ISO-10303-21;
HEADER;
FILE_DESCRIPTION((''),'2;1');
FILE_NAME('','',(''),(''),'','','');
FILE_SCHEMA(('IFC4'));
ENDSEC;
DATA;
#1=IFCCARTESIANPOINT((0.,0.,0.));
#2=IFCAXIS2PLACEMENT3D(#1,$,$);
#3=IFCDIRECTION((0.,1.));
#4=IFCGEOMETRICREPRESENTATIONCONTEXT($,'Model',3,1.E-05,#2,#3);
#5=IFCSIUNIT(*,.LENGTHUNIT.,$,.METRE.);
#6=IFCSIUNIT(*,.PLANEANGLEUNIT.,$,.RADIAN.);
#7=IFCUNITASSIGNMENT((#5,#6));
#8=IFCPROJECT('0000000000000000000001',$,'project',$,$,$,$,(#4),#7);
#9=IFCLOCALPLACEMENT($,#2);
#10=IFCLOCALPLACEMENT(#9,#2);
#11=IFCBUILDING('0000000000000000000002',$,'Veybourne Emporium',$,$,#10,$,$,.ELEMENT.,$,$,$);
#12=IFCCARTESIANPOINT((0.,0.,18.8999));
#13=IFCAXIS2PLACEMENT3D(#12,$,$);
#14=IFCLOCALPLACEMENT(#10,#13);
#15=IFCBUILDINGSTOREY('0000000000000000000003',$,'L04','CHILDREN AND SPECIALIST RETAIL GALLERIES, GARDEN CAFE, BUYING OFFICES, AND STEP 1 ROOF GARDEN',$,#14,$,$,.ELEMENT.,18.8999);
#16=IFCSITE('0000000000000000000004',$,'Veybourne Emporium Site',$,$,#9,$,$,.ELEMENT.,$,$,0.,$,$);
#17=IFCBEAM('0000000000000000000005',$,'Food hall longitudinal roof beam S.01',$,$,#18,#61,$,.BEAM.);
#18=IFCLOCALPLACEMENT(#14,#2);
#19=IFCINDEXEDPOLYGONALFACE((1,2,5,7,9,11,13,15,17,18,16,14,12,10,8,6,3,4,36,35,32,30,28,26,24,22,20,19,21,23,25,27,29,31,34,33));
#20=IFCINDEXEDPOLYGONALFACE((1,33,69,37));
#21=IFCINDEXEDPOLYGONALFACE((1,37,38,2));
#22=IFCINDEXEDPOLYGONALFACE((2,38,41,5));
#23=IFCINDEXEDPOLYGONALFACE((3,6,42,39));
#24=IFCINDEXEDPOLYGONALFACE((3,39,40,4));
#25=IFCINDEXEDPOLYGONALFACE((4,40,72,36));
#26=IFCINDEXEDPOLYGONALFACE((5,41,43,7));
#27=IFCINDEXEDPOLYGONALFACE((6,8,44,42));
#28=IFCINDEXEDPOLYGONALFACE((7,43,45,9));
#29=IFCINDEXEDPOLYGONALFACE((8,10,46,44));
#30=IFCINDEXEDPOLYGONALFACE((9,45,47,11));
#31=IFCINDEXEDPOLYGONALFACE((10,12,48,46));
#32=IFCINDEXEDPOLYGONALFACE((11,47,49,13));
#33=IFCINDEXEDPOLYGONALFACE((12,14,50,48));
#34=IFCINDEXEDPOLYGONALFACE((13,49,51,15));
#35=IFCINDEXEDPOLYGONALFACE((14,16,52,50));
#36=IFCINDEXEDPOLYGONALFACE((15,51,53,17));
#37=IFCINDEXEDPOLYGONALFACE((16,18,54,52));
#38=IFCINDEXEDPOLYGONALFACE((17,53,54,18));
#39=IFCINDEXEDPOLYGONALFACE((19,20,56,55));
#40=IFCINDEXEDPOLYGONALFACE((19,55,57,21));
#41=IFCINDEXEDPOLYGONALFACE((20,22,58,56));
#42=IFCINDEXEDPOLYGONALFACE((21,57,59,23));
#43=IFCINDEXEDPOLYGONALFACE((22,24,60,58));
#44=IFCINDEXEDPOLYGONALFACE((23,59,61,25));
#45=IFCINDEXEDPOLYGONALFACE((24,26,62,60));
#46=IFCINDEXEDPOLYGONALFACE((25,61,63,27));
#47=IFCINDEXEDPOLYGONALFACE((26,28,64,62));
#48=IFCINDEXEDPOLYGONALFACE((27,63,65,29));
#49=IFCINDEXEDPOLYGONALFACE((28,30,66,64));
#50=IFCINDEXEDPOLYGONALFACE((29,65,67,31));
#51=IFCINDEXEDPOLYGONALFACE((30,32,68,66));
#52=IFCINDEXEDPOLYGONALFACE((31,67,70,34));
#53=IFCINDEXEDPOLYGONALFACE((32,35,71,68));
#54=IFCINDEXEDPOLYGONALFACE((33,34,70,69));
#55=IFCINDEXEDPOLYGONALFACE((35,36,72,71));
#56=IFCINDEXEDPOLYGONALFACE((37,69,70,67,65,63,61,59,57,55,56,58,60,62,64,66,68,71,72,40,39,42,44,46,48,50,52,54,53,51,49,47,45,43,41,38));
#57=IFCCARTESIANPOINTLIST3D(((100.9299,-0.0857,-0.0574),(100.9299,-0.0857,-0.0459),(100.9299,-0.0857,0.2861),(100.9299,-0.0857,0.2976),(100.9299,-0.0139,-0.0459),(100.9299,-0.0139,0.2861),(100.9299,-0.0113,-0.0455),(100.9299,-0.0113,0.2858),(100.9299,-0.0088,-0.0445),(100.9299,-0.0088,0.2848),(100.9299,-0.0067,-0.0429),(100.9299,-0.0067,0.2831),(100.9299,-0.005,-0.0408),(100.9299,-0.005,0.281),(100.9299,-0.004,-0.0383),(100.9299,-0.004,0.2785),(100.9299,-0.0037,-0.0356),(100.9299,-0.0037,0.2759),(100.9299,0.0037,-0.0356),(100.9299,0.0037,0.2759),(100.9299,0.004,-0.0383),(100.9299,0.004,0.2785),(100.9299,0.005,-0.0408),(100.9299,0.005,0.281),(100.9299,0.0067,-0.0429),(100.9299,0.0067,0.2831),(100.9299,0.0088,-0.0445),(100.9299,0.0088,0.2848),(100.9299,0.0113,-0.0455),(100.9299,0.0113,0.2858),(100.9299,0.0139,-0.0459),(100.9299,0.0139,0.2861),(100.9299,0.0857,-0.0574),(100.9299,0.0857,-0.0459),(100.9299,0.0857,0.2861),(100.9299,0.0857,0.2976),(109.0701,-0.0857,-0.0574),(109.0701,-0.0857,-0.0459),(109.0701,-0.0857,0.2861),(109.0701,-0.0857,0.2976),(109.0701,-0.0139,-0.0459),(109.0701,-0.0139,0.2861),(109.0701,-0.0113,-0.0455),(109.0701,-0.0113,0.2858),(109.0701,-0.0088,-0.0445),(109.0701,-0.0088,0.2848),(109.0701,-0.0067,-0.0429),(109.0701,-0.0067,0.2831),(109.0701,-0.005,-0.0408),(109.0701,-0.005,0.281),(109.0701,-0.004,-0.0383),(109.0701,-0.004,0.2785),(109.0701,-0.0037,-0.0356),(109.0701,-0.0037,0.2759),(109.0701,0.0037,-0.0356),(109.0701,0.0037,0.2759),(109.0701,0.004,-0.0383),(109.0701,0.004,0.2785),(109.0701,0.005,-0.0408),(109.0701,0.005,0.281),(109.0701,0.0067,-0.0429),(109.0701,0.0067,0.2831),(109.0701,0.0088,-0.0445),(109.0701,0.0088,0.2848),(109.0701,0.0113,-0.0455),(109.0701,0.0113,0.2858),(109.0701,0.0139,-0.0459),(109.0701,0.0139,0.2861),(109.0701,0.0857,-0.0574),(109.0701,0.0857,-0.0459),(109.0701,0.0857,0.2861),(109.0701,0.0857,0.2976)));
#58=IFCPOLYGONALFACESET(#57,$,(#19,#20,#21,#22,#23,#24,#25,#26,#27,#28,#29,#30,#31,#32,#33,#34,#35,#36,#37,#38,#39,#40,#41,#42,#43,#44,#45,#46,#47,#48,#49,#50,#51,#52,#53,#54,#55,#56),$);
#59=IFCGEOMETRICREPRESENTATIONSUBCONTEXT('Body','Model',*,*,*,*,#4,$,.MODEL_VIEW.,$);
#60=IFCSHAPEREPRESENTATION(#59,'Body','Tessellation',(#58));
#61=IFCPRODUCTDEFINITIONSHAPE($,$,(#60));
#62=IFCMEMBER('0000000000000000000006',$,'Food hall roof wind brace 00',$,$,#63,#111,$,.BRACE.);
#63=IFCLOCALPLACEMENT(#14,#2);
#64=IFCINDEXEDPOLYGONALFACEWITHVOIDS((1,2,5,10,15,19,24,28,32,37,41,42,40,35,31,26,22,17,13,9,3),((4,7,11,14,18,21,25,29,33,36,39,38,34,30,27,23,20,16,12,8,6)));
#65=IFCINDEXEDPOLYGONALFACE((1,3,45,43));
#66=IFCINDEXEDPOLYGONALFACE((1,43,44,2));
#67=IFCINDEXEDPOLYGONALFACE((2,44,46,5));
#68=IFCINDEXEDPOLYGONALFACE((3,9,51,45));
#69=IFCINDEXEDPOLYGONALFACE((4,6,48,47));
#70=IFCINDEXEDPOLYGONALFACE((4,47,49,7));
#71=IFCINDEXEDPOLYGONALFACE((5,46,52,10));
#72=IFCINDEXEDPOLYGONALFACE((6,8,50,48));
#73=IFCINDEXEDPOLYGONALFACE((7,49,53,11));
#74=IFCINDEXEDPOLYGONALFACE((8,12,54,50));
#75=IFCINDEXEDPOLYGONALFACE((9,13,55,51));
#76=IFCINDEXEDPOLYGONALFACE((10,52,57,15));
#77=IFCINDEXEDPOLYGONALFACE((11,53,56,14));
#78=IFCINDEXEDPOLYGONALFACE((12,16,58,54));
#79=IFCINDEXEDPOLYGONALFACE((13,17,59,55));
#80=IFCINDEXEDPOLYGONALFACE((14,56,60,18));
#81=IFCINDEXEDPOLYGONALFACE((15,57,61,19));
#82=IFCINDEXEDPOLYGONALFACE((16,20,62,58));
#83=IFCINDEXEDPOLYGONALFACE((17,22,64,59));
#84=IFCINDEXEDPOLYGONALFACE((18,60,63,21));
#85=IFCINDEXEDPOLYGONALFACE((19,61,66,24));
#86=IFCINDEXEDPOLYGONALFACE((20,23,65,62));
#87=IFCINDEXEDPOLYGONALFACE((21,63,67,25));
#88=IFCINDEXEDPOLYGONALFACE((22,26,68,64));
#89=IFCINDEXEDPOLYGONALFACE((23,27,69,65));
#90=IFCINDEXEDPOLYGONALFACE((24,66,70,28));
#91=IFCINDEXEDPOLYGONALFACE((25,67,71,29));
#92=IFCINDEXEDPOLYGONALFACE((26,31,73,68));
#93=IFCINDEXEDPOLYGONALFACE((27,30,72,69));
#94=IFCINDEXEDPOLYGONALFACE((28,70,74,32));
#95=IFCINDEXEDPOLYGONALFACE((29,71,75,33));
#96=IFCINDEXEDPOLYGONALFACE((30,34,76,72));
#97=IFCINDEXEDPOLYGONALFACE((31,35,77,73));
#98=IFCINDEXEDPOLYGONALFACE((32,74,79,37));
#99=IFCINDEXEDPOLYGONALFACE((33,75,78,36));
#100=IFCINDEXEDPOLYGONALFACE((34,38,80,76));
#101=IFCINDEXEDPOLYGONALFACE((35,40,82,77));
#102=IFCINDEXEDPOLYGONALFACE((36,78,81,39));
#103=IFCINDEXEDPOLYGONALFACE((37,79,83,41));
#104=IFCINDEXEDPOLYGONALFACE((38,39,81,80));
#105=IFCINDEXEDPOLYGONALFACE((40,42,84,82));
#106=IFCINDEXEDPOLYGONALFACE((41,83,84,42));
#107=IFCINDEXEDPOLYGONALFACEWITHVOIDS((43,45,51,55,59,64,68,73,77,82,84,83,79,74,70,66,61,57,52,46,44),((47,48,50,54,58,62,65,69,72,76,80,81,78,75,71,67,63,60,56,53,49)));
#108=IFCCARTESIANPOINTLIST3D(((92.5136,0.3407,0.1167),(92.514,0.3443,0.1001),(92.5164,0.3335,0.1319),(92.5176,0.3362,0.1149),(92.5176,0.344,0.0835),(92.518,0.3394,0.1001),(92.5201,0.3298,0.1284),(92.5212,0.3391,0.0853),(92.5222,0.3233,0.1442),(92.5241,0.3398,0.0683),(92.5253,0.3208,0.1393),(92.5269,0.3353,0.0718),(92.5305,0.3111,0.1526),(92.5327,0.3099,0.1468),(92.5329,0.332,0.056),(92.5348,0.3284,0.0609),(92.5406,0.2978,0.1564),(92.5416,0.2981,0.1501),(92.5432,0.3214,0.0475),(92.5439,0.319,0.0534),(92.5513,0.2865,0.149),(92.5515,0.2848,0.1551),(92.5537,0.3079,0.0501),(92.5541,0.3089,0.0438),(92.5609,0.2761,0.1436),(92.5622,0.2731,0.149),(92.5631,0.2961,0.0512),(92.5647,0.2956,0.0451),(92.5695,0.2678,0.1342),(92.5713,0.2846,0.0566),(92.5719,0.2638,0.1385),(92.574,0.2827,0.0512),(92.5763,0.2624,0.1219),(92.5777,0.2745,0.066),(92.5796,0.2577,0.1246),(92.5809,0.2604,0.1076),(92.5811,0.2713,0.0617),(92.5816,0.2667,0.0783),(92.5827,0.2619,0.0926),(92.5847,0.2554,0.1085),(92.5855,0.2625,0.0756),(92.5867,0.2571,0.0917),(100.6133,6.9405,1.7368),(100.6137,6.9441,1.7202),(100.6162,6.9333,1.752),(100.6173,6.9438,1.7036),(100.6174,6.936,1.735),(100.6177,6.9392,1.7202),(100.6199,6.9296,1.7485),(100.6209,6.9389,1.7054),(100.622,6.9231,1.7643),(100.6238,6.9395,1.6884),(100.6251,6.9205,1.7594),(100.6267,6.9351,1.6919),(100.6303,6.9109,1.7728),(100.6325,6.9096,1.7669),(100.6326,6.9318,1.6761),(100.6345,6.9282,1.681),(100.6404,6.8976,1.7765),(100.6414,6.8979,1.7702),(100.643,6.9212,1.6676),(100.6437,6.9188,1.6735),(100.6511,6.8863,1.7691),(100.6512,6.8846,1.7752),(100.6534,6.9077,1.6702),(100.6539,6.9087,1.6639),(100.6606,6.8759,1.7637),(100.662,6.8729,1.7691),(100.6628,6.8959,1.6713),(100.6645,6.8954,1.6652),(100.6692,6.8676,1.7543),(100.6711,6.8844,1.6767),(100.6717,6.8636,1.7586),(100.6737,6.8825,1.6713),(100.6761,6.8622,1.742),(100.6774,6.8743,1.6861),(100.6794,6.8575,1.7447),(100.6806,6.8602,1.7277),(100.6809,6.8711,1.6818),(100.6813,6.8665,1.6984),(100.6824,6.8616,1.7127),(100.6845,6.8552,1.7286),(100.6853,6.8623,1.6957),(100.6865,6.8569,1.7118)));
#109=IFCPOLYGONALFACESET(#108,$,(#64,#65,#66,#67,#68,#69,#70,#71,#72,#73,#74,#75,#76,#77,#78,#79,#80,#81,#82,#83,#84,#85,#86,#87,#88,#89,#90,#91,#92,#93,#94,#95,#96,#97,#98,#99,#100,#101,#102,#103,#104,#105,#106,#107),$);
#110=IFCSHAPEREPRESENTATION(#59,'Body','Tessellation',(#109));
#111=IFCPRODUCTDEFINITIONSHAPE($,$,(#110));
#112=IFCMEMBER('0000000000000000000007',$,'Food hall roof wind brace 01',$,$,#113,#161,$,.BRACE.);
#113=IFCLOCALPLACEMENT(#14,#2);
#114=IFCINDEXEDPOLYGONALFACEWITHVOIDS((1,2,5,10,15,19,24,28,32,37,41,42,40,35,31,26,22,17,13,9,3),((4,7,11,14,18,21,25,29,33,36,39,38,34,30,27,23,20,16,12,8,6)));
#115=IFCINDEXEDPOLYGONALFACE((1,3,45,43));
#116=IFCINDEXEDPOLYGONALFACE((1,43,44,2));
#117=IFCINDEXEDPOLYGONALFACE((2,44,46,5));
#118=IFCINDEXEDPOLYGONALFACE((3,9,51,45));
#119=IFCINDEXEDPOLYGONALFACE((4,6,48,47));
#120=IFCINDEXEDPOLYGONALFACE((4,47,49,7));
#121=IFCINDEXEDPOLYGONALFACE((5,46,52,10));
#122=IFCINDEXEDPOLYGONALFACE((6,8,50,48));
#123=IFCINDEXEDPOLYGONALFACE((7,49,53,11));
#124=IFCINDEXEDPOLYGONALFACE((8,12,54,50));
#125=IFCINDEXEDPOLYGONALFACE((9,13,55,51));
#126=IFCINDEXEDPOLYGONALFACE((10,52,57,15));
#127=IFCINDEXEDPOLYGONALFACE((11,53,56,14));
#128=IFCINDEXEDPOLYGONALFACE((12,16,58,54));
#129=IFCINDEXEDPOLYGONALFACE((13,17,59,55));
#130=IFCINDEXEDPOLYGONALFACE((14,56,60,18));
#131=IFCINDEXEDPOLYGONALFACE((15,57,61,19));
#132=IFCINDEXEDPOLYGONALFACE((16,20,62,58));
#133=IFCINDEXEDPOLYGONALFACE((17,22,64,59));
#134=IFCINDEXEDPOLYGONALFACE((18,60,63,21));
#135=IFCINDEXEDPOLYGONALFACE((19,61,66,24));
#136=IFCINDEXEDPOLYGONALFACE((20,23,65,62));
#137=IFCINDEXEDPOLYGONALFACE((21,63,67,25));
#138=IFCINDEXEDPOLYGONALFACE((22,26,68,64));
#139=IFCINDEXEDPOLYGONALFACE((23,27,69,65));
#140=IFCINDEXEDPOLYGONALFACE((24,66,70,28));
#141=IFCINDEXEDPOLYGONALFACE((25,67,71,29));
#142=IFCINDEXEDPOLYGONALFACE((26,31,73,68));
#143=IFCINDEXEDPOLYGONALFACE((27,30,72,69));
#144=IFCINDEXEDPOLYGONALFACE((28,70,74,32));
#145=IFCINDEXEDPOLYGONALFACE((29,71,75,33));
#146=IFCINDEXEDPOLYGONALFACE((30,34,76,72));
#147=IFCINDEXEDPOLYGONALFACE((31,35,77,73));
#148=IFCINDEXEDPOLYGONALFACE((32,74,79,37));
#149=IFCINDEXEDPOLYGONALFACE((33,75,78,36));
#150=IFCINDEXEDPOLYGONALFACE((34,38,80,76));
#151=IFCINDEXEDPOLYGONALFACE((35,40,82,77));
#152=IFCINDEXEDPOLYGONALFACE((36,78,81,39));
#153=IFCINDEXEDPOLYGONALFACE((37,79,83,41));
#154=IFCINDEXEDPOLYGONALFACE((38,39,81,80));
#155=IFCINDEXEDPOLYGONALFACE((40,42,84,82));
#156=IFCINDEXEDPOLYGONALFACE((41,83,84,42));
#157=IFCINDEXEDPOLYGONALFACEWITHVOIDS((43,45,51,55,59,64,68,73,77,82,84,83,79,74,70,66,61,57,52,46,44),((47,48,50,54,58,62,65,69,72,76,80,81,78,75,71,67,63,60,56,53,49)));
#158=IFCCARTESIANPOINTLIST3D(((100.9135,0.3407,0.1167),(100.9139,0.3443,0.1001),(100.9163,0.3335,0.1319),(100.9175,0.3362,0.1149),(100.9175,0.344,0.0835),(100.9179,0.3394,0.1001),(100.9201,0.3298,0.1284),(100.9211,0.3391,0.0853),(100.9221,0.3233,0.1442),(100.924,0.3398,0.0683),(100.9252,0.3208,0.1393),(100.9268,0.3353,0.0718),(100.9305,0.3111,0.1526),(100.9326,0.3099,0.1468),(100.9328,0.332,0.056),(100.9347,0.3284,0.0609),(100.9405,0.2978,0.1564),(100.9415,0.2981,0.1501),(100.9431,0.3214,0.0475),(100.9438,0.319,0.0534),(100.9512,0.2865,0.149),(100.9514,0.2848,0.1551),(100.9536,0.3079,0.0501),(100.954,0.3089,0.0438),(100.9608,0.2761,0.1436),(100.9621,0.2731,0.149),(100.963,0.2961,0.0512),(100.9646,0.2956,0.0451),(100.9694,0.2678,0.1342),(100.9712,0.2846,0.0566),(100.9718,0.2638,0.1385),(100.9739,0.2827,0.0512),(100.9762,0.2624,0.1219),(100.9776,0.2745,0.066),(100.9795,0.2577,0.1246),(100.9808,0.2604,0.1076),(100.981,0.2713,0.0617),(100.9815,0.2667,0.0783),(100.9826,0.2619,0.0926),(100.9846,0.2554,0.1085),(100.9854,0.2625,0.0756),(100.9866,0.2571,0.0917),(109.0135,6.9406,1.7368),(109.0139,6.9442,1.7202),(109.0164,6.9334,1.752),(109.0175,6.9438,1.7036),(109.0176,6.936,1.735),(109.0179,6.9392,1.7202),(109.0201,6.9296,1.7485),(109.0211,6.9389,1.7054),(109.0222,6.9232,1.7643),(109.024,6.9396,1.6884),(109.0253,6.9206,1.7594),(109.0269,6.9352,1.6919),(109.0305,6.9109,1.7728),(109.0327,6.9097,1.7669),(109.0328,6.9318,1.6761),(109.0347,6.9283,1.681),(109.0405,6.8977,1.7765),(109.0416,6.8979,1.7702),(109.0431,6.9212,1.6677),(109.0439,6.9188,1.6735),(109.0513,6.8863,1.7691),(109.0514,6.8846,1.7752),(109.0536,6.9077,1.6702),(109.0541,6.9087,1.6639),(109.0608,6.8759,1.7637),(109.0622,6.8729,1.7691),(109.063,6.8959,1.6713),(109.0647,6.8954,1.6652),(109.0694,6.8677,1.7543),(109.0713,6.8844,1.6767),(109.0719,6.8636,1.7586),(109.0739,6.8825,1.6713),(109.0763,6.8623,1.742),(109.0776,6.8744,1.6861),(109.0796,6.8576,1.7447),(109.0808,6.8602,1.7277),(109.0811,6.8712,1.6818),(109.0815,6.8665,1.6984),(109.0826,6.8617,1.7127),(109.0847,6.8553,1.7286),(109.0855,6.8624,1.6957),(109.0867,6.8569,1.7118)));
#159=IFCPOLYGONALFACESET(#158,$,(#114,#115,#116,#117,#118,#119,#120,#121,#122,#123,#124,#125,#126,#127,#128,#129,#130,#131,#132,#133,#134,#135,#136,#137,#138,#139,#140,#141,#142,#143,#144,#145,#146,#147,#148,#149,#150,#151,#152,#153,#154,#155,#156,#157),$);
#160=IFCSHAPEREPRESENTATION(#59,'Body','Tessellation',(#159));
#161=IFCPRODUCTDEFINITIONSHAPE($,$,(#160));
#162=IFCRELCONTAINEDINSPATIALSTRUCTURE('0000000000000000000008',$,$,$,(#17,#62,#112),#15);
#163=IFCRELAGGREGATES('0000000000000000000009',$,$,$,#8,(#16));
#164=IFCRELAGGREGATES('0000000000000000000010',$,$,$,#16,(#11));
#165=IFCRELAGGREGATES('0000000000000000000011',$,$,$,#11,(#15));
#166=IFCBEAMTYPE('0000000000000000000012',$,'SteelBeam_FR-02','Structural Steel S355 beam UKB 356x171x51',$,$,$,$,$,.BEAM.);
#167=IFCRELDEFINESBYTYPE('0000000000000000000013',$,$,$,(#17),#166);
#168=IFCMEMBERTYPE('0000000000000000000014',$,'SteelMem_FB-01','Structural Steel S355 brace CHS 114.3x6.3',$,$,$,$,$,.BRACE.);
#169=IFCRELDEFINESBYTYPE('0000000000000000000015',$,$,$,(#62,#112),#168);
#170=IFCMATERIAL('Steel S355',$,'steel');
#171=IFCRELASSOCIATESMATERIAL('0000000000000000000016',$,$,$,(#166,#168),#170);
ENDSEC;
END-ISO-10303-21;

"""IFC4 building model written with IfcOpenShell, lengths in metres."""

from ifc_helpers import new_model, si_unit, direction, frame, origin, origin_2d, place, context, subcontext, project, spatial, hollow_circle, i_section, extrude, material, material_profile, profile_set, type_object, element, save


model = new_model("IFC4")

# Units and contexts
model_context = context("Model", 3, precision=1e-05, world=origin(), true_north=direction((0.0, 1.0)))
body_context = subcontext(model_context, "Body", "Model", "MODEL_VIEW")
ifc_project = project(units=[si_unit("LENGTHUNIT", "METRE"), si_unit("PLANEANGLEUNIT", "RADIAN")], contexts=[model_context])

# Site, building, storey
site_placement = place(None, origin())
site = spatial("IfcSite", under=ifc_project, at=site_placement, Name="Veybourne Emporium Site", CompositionType="ELEMENT", RefElevation=0.0)
building_placement = place(site_placement, origin())
building = spatial("IfcBuilding", under=site, at=building_placement, Name="Veybourne Emporium", CompositionType="ELEMENT")
storey_placement = place(building_placement, frame((0.0, 0.0, 18.8999)))
storey = spatial("IfcBuildingStorey", under=building, at=storey_placement, Name="L04", Description="CHILDREN AND SPECIALIST RETAIL GALLERIES, GARDEN CAFE, BUYING OFFICES, AND STEP 1 ROOF GARDEN", CompositionType="ELEMENT", Elevation=18.8999)

# Beam
ifc_material_1 = material(Name="Steel S355", Category="steel")
ifc_material_profile_1 = material_profile(ifc_material_1, i_section(OverallWidth=0.1714, OverallDepth=0.355, WebThickness=0.0073, FlangeThickness=0.0115, FilletRadius=0.0103, at=origin_2d()), Name="UKB 356x171x51")
ifc_profile_set_1 = profile_set([ifc_material_profile_1], Name="Steel S355")
beam_type_1 = type_object("IfcBeamType", Name="SteelBeam_FR-02", Description="Structural Steel S355 beam UKB 356x171x51", PredefinedType="BEAM", material=ifc_profile_set_1)
beam_1_placement = place(storey_placement, frame((100.9299, 0.0, 0.1201), z_axis=(1.0, 0.0, 0.0), x_axis=(0.0, 1.0, 0.0)))
element("IfcBeam", 1, at=beam_1_placement, inside=storey, type_object=beam_type_1, Name="Food hall longitudinal roof beam S.01", PredefinedType="BEAM", context=body_context, shape_type="SweptSolid", body=[
    extrude(i_section(OverallWidth=0.1714, OverallDepth=0.355, WebThickness=0.0073, FlangeThickness=0.0115, FilletRadius=0.0103, at=origin_2d()), origin(), (0.0, 0.0, 1.0), 8.1401),
])

# Members
ifc_material_profile_2 = material_profile(ifc_material_1, hollow_circle(Radius=0.0571, WallThickness=0.0063, at=origin_2d()), Name="CHS 114.3x6.3")
ifc_profile_set_2 = profile_set([ifc_material_profile_2], Name="Steel S355")
member_type_1 = type_object("IfcMemberType", Name="SteelMem_FB-01", Description="Structural Steel S355 brace CHS 114.3x6.3", PredefinedType="BRACE", material=ifc_profile_set_2)
member_1_placement = place(storey_placement, frame((92.55, 0.3, 0.1001), z_axis=(0.766081, 0.624212, 0.15323), x_axis=(-0.631671, 0.775236, 0.0)))
element("IfcMember", 2, at=member_1_placement, inside=storey, type_object=member_type_1, Name="Food hall roof wind brace 00", PredefinedType="BRACE", context=body_context, shape_type="SweptSolid", body=[
    extrude(hollow_circle(Radius=0.0571, WallThickness=0.0063, at=origin_2d()), origin(), (0.0, 0.0, 1.0), 10.573),
])
member_2_placement = place(storey_placement, frame((100.95, 0.3, 0.1001), z_axis=(0.766091, 0.624201, 0.153227), x_axis=(-0.63166, 0.775246, 0.0)))
element("IfcMember", 3, at=member_2_placement, inside=storey, type_object=member_type_1, Name="Food hall roof wind brace 01", PredefinedType="BRACE", context=body_context, shape_type="SweptSolid", body=[
    extrude(hollow_circle(Radius=0.0571, WallThickness=0.0063, at=origin_2d()), origin(), (0.0, 0.0, 1.0), 10.5732),
])

save(model, "model.ifc")
